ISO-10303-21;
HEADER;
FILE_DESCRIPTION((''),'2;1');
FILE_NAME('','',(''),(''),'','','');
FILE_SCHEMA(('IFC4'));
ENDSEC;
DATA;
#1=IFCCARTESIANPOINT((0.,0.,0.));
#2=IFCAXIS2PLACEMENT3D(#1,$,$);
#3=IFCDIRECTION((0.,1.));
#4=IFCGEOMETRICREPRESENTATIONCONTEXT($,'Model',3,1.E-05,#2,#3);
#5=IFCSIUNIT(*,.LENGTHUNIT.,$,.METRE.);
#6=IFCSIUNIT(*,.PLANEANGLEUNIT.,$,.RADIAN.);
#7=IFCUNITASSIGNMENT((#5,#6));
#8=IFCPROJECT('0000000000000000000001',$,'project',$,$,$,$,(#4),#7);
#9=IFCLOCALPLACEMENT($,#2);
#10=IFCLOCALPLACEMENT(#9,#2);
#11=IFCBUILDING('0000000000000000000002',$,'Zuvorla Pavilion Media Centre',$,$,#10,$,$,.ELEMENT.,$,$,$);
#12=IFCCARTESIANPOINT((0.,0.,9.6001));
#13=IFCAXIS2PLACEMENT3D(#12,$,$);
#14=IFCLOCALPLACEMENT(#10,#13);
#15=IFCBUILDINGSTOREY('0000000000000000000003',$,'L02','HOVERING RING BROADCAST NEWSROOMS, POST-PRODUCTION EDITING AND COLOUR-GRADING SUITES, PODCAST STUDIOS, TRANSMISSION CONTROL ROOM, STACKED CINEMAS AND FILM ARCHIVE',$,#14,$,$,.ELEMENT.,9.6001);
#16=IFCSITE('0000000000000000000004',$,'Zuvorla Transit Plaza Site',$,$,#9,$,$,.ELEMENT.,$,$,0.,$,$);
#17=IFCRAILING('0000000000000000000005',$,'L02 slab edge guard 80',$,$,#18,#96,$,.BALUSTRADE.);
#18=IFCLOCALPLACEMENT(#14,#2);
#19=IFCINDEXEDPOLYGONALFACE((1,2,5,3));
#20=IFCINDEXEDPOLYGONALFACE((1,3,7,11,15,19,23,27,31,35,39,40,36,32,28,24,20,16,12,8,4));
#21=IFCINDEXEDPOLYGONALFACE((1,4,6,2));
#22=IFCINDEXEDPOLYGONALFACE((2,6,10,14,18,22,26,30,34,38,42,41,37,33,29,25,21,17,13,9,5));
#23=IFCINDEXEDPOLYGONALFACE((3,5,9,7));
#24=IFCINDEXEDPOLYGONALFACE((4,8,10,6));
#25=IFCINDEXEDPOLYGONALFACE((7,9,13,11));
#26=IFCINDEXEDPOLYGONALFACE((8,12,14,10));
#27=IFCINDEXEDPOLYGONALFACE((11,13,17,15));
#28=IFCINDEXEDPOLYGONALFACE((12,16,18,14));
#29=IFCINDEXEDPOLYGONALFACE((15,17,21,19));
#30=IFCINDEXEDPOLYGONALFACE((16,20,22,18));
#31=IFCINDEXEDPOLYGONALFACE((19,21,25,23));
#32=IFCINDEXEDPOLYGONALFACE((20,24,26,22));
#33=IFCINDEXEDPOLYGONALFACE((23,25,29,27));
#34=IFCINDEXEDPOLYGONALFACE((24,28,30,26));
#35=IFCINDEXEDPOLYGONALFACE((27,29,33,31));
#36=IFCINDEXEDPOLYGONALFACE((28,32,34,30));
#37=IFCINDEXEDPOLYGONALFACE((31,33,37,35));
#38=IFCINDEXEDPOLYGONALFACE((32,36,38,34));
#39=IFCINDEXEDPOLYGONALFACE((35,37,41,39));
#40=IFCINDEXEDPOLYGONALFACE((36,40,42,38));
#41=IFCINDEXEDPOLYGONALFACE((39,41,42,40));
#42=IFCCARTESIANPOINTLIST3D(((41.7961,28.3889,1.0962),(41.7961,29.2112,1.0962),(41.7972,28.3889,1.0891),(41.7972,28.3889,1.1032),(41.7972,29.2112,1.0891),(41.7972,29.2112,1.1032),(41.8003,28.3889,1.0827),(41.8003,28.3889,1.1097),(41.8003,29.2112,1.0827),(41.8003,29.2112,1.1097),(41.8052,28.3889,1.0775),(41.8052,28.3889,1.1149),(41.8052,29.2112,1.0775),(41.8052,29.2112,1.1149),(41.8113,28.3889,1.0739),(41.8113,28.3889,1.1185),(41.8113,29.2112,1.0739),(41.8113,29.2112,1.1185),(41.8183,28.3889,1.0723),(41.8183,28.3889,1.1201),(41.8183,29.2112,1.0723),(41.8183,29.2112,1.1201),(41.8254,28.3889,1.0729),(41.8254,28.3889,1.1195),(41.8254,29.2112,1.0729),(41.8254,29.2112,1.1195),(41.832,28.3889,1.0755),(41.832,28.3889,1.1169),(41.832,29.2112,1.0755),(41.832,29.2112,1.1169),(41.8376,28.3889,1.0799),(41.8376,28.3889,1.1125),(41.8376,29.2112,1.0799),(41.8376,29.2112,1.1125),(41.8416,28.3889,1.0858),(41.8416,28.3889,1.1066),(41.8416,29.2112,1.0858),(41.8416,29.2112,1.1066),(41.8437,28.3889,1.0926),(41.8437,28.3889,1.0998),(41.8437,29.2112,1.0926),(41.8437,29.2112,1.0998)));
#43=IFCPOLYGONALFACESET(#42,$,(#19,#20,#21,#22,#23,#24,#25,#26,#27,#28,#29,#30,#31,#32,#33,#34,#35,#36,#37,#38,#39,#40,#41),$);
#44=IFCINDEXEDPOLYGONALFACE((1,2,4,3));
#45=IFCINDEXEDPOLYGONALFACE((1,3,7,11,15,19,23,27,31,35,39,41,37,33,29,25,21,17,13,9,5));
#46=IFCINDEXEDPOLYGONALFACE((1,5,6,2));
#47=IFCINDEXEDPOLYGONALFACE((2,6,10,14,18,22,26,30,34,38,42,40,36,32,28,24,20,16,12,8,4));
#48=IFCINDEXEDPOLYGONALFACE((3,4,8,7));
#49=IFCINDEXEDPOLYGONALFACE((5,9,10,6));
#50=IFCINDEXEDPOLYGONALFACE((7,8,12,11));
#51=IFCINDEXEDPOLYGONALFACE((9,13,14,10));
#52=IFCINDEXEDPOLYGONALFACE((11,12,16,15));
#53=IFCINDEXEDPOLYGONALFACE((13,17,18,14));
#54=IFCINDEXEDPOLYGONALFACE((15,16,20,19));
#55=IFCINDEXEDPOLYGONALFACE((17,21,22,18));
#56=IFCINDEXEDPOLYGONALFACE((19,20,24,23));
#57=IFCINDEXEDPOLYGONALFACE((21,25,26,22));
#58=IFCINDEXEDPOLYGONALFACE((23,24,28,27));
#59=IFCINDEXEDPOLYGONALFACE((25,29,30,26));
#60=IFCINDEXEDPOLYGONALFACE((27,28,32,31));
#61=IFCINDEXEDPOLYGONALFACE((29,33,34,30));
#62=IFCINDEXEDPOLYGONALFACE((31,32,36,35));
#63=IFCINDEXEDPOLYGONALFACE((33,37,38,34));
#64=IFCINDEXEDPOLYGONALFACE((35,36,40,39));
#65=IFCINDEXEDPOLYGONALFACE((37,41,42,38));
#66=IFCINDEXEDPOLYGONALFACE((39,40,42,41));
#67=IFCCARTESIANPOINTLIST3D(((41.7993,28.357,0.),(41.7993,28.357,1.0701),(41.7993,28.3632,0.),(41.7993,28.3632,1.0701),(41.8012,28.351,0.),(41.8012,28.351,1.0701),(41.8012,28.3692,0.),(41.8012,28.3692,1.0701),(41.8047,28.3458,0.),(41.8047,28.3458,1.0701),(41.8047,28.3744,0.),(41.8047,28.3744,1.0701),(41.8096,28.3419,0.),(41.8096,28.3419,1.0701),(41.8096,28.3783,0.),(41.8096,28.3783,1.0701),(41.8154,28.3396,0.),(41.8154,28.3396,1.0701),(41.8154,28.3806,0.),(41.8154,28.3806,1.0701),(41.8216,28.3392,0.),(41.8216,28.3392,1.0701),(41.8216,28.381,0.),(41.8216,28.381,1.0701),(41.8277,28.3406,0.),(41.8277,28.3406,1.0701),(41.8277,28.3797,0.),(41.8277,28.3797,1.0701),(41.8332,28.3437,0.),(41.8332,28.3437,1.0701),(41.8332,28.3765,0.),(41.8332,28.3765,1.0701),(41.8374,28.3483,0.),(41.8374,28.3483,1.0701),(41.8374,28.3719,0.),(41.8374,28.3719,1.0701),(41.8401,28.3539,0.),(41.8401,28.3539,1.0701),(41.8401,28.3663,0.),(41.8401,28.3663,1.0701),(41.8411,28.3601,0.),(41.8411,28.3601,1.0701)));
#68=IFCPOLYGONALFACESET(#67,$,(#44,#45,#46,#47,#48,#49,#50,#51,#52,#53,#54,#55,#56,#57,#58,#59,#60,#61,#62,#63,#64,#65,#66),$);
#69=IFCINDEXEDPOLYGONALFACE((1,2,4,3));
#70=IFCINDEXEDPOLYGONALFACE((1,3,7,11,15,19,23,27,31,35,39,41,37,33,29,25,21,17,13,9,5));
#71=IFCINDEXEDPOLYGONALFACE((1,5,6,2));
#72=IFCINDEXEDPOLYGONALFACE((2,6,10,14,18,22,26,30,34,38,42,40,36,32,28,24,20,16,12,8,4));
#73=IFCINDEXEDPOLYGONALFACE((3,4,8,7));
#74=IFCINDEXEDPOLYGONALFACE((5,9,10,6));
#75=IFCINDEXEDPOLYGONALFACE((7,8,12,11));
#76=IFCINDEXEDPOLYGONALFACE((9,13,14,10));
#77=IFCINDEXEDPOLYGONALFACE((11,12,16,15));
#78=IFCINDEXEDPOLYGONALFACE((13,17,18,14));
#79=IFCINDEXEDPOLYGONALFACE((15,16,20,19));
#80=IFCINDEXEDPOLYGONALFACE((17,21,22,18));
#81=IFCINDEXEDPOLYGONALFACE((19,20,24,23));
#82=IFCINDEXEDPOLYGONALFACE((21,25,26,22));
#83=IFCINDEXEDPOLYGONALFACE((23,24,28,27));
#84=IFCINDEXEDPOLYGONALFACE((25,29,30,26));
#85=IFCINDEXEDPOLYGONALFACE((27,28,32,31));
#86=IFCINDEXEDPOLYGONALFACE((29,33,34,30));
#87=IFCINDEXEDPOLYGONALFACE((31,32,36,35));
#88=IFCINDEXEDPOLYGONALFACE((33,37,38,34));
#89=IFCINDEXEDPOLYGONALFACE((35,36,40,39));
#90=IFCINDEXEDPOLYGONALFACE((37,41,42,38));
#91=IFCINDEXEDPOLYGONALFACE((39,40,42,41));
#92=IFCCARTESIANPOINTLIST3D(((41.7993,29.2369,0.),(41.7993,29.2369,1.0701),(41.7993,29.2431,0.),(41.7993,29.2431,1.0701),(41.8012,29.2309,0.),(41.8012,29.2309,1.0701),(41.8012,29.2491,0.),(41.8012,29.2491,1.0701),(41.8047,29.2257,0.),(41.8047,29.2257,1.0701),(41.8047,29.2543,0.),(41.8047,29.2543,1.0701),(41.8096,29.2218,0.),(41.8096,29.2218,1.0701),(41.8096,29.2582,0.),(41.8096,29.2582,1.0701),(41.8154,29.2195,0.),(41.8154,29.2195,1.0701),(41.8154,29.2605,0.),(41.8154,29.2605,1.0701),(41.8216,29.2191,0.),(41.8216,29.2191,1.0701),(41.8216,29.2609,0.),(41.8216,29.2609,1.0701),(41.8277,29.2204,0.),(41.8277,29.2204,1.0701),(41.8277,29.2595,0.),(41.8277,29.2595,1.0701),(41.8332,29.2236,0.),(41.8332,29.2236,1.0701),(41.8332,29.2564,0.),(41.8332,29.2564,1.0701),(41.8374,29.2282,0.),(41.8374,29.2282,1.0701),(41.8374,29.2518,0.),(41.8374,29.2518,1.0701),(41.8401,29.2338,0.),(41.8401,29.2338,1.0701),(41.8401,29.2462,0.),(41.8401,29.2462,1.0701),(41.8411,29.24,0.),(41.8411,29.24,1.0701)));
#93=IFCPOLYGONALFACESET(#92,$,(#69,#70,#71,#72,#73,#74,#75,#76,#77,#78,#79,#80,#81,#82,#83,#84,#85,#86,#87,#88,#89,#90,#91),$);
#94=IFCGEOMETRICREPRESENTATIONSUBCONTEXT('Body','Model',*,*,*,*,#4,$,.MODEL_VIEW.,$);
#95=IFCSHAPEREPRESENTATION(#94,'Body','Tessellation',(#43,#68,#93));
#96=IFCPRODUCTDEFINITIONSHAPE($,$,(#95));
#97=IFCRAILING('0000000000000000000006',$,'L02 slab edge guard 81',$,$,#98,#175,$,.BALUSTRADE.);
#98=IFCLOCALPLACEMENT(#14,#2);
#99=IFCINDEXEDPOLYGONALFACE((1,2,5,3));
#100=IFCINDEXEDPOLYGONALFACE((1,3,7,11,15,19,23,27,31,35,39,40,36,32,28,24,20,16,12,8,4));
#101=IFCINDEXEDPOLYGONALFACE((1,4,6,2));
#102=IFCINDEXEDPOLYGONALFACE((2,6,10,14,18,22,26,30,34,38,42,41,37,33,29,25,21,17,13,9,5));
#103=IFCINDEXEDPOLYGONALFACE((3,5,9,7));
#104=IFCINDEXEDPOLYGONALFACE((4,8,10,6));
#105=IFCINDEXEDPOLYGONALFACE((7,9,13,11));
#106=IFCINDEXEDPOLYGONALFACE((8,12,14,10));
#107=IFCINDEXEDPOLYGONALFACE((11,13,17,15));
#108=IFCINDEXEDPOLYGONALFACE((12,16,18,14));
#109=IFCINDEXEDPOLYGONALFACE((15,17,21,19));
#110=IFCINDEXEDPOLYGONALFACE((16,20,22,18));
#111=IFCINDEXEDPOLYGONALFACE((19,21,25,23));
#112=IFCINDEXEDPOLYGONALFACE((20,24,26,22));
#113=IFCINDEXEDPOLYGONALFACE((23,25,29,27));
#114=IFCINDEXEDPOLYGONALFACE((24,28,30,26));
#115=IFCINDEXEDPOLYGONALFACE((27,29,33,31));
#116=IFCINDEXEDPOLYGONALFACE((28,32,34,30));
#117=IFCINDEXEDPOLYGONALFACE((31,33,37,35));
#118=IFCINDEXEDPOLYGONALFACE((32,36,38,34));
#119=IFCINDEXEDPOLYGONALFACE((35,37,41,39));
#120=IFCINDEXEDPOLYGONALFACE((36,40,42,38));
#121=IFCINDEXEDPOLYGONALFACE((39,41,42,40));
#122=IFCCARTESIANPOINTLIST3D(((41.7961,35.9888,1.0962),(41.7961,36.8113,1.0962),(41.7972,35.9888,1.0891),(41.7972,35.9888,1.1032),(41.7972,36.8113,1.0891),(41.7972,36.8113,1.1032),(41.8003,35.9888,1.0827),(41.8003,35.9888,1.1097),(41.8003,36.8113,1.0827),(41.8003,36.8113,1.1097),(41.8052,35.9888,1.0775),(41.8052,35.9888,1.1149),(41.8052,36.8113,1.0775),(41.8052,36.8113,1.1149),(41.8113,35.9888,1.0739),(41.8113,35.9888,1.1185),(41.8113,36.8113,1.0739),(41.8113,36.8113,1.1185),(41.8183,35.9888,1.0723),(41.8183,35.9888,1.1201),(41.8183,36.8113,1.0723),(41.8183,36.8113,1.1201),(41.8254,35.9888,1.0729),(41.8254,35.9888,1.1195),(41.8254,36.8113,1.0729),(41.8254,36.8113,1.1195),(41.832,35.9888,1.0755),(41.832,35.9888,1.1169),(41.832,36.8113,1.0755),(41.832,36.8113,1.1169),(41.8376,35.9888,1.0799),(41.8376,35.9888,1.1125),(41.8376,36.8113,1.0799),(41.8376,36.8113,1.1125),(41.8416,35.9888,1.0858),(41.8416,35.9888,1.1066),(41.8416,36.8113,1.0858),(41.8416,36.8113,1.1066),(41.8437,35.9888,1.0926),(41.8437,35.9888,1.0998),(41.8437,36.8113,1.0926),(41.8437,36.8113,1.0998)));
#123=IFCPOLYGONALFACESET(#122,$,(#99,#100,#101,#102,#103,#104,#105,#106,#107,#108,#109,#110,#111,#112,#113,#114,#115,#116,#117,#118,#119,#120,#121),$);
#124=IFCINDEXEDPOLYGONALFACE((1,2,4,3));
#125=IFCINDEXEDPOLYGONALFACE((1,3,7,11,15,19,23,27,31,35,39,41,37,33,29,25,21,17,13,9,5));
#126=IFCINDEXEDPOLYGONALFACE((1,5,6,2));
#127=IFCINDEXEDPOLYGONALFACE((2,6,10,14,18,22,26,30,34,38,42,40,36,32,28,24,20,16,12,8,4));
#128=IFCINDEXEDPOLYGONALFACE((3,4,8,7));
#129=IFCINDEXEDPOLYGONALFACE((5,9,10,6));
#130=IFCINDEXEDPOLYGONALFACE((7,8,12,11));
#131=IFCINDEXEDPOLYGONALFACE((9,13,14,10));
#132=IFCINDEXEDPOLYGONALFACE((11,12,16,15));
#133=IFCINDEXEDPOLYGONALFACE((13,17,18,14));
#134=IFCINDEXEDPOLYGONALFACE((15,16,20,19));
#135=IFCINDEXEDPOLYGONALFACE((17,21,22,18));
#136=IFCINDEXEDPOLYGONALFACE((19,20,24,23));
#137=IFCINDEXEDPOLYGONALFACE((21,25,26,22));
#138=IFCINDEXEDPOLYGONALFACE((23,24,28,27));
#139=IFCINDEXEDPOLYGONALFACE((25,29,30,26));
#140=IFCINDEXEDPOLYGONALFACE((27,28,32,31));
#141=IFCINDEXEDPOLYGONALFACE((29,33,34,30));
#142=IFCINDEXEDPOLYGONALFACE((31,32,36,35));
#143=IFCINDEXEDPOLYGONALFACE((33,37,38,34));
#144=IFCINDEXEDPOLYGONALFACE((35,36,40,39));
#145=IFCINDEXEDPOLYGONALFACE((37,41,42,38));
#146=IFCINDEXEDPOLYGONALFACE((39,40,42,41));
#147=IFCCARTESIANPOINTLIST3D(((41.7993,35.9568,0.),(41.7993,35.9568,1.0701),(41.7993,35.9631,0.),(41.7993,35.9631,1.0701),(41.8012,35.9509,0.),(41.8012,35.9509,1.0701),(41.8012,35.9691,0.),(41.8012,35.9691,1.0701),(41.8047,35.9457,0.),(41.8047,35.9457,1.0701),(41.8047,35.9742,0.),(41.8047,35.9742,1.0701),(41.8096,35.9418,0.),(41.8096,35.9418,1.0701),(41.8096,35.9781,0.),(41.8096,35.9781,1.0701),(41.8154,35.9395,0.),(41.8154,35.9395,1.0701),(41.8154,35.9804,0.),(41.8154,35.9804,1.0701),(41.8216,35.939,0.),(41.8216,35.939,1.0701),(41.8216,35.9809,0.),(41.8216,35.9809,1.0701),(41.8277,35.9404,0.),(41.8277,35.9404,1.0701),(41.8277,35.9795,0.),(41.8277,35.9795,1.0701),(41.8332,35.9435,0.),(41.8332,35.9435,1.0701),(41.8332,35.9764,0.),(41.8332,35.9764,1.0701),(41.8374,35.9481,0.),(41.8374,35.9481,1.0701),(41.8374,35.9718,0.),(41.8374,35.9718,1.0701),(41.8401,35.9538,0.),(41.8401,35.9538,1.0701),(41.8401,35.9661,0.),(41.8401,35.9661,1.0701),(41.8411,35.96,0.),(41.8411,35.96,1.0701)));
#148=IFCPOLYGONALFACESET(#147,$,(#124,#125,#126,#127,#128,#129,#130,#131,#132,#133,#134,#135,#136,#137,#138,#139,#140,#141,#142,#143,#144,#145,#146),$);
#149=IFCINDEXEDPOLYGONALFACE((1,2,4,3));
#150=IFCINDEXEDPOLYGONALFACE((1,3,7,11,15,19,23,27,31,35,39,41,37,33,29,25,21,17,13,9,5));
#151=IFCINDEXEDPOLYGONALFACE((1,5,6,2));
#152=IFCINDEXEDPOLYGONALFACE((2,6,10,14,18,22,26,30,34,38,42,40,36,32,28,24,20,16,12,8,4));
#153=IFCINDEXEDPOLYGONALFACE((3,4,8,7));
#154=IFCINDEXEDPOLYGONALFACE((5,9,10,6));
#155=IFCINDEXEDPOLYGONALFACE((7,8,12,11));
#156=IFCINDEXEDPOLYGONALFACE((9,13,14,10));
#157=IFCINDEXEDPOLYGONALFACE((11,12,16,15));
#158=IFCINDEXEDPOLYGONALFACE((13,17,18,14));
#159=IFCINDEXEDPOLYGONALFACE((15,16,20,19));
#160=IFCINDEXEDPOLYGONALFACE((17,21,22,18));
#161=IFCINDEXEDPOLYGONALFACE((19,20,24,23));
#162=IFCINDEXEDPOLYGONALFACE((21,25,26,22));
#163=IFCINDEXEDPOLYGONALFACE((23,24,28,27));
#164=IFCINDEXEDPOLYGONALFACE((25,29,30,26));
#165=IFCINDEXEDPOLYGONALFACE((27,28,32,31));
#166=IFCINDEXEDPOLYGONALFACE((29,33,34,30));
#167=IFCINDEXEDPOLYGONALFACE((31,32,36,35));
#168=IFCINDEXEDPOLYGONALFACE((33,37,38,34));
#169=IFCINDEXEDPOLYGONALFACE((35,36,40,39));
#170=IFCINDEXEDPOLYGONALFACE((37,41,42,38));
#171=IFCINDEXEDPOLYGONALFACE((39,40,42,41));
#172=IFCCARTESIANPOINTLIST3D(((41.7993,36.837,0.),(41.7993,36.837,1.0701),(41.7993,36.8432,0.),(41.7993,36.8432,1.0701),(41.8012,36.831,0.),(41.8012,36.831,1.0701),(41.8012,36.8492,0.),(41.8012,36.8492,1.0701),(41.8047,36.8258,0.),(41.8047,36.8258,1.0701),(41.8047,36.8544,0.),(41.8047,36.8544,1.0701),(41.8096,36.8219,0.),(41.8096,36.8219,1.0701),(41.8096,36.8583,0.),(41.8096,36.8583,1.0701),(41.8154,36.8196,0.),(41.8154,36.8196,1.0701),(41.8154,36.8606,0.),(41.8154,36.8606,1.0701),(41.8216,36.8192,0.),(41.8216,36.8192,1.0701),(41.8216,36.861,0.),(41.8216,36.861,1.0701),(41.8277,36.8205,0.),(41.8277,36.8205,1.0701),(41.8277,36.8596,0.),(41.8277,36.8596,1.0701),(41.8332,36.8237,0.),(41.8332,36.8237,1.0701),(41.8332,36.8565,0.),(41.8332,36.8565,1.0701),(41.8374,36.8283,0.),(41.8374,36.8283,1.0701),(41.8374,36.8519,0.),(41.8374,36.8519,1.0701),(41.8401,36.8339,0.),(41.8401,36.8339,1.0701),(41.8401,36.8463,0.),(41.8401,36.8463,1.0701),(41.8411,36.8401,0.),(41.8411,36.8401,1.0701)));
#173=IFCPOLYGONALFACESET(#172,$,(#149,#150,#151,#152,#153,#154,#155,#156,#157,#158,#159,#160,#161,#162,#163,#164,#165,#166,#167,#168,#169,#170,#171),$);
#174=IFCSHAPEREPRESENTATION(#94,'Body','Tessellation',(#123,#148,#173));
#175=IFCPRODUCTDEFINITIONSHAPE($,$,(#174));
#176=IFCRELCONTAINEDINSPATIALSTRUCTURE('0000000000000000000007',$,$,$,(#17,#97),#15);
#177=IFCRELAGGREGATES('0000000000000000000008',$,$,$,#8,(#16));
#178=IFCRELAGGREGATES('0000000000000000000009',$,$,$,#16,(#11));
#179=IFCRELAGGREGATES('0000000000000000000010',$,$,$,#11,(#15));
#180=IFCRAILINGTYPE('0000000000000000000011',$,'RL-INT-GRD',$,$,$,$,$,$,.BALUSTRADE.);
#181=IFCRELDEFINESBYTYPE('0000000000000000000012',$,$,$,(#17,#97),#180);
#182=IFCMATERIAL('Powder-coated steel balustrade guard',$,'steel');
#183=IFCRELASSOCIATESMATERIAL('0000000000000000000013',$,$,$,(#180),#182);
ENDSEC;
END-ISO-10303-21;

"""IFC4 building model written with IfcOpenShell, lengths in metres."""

from ifc_helpers import new_model, si_unit, direction, frame, origin, origin_2d, place, context, subcontext, project, spatial, circle, extrude, material, type_object, element, save


model = new_model("IFC4")

# Units and contexts
model_context = context("Model", 3, precision=1e-05, world=origin(), true_north=direction((0.0, 1.0)))
body_context = subcontext(model_context, "Body", "Model", "MODEL_VIEW")
ifc_project = project(units=[si_unit("LENGTHUNIT", "METRE"), si_unit("PLANEANGLEUNIT", "RADIAN")], contexts=[model_context])

# Site, building, storey
site_placement = place(None, origin())
site = spatial("IfcSite", under=ifc_project, at=site_placement, Name="Zuvorla Transit Plaza Site", CompositionType="ELEMENT", RefElevation=0.0)
building_placement = place(site_placement, origin())
building = spatial("IfcBuilding", under=site, at=building_placement, Name="Zuvorla Pavilion Media Centre", CompositionType="ELEMENT")
storey_placement = place(building_placement, frame((0.0, 0.0, 9.6001)))
storey = spatial("IfcBuildingStorey", under=building, at=storey_placement, Name="L02", Description="HOVERING RING BROADCAST NEWSROOMS, POST-PRODUCTION EDITING AND COLOUR-GRADING SUITES, PODCAST STUDIOS, TRANSMISSION CONTROL ROOM, STACKED CINEMAS AND FILM ARCHIVE", CompositionType="ELEMENT", Elevation=9.6001)

# Railings
ifc_material_1 = material(Name="Powder-coated steel balustrade guard", Category="steel")
railing_type = type_object("IfcRailingType", Name="RL-INT-GRD", PredefinedType="BALUSTRADE", material=ifc_material_1)
for number, where, name in (
    (1, (41.8201, 28.3601, 0.0), "L02 slab edge guard 80"),
):
    element("IfcRailing", number, at=place(storey_placement, frame(where)), inside=storey, type_object=railing_type, Name=name, PredefinedType="BALUSTRADE", context=body_context, shape_type="SweptSolid", body=[
        extrude(circle(Radius=0.0239, at=origin_2d()), frame((0.0, 0.0288, 1.0962), z_axis=(0.0, 1.0, 0.0), x_axis=(-1.0, 0.0, 0.0)), (0.0, 0.0, 1.0), 0.8223),
        extrude(circle(Radius=0.021, at=origin_2d()), origin(), (0.0, 0.0, 1.0), 1.0701),
        extrude(circle(Radius=0.021, at=origin_2d()), frame((0.0, 0.8799, 0.0)), (0.0, 0.0, 1.0), 1.0701),
    ])
railing_1_placement = place(storey_placement, frame((41.8201, 35.96, 0.0)))
element("IfcRailing", 2, at=railing_1_placement, inside=storey, type_object=railing_type, Name="L02 slab edge guard 81", PredefinedType="BALUSTRADE", context=body_context, shape_type="SweptSolid", body=[
    extrude(circle(Radius=0.0239, at=origin_2d()), frame((0.0, 0.0288, 1.0962), z_axis=(0.0, 1.0, 0.0), x_axis=(-1.0, 0.0, 0.0)), (0.0, 0.0, 1.0), 0.8225),
    extrude(circle(Radius=0.021, at=origin_2d()), origin(), (0.0, 0.0, 1.0), 1.0701),
    extrude(circle(Radius=0.021, at=origin_2d()), frame((0.0, 0.8801, 0.0)), (0.0, 0.0, 1.0), 1.0701),
])

save(model, "model.ifc")
